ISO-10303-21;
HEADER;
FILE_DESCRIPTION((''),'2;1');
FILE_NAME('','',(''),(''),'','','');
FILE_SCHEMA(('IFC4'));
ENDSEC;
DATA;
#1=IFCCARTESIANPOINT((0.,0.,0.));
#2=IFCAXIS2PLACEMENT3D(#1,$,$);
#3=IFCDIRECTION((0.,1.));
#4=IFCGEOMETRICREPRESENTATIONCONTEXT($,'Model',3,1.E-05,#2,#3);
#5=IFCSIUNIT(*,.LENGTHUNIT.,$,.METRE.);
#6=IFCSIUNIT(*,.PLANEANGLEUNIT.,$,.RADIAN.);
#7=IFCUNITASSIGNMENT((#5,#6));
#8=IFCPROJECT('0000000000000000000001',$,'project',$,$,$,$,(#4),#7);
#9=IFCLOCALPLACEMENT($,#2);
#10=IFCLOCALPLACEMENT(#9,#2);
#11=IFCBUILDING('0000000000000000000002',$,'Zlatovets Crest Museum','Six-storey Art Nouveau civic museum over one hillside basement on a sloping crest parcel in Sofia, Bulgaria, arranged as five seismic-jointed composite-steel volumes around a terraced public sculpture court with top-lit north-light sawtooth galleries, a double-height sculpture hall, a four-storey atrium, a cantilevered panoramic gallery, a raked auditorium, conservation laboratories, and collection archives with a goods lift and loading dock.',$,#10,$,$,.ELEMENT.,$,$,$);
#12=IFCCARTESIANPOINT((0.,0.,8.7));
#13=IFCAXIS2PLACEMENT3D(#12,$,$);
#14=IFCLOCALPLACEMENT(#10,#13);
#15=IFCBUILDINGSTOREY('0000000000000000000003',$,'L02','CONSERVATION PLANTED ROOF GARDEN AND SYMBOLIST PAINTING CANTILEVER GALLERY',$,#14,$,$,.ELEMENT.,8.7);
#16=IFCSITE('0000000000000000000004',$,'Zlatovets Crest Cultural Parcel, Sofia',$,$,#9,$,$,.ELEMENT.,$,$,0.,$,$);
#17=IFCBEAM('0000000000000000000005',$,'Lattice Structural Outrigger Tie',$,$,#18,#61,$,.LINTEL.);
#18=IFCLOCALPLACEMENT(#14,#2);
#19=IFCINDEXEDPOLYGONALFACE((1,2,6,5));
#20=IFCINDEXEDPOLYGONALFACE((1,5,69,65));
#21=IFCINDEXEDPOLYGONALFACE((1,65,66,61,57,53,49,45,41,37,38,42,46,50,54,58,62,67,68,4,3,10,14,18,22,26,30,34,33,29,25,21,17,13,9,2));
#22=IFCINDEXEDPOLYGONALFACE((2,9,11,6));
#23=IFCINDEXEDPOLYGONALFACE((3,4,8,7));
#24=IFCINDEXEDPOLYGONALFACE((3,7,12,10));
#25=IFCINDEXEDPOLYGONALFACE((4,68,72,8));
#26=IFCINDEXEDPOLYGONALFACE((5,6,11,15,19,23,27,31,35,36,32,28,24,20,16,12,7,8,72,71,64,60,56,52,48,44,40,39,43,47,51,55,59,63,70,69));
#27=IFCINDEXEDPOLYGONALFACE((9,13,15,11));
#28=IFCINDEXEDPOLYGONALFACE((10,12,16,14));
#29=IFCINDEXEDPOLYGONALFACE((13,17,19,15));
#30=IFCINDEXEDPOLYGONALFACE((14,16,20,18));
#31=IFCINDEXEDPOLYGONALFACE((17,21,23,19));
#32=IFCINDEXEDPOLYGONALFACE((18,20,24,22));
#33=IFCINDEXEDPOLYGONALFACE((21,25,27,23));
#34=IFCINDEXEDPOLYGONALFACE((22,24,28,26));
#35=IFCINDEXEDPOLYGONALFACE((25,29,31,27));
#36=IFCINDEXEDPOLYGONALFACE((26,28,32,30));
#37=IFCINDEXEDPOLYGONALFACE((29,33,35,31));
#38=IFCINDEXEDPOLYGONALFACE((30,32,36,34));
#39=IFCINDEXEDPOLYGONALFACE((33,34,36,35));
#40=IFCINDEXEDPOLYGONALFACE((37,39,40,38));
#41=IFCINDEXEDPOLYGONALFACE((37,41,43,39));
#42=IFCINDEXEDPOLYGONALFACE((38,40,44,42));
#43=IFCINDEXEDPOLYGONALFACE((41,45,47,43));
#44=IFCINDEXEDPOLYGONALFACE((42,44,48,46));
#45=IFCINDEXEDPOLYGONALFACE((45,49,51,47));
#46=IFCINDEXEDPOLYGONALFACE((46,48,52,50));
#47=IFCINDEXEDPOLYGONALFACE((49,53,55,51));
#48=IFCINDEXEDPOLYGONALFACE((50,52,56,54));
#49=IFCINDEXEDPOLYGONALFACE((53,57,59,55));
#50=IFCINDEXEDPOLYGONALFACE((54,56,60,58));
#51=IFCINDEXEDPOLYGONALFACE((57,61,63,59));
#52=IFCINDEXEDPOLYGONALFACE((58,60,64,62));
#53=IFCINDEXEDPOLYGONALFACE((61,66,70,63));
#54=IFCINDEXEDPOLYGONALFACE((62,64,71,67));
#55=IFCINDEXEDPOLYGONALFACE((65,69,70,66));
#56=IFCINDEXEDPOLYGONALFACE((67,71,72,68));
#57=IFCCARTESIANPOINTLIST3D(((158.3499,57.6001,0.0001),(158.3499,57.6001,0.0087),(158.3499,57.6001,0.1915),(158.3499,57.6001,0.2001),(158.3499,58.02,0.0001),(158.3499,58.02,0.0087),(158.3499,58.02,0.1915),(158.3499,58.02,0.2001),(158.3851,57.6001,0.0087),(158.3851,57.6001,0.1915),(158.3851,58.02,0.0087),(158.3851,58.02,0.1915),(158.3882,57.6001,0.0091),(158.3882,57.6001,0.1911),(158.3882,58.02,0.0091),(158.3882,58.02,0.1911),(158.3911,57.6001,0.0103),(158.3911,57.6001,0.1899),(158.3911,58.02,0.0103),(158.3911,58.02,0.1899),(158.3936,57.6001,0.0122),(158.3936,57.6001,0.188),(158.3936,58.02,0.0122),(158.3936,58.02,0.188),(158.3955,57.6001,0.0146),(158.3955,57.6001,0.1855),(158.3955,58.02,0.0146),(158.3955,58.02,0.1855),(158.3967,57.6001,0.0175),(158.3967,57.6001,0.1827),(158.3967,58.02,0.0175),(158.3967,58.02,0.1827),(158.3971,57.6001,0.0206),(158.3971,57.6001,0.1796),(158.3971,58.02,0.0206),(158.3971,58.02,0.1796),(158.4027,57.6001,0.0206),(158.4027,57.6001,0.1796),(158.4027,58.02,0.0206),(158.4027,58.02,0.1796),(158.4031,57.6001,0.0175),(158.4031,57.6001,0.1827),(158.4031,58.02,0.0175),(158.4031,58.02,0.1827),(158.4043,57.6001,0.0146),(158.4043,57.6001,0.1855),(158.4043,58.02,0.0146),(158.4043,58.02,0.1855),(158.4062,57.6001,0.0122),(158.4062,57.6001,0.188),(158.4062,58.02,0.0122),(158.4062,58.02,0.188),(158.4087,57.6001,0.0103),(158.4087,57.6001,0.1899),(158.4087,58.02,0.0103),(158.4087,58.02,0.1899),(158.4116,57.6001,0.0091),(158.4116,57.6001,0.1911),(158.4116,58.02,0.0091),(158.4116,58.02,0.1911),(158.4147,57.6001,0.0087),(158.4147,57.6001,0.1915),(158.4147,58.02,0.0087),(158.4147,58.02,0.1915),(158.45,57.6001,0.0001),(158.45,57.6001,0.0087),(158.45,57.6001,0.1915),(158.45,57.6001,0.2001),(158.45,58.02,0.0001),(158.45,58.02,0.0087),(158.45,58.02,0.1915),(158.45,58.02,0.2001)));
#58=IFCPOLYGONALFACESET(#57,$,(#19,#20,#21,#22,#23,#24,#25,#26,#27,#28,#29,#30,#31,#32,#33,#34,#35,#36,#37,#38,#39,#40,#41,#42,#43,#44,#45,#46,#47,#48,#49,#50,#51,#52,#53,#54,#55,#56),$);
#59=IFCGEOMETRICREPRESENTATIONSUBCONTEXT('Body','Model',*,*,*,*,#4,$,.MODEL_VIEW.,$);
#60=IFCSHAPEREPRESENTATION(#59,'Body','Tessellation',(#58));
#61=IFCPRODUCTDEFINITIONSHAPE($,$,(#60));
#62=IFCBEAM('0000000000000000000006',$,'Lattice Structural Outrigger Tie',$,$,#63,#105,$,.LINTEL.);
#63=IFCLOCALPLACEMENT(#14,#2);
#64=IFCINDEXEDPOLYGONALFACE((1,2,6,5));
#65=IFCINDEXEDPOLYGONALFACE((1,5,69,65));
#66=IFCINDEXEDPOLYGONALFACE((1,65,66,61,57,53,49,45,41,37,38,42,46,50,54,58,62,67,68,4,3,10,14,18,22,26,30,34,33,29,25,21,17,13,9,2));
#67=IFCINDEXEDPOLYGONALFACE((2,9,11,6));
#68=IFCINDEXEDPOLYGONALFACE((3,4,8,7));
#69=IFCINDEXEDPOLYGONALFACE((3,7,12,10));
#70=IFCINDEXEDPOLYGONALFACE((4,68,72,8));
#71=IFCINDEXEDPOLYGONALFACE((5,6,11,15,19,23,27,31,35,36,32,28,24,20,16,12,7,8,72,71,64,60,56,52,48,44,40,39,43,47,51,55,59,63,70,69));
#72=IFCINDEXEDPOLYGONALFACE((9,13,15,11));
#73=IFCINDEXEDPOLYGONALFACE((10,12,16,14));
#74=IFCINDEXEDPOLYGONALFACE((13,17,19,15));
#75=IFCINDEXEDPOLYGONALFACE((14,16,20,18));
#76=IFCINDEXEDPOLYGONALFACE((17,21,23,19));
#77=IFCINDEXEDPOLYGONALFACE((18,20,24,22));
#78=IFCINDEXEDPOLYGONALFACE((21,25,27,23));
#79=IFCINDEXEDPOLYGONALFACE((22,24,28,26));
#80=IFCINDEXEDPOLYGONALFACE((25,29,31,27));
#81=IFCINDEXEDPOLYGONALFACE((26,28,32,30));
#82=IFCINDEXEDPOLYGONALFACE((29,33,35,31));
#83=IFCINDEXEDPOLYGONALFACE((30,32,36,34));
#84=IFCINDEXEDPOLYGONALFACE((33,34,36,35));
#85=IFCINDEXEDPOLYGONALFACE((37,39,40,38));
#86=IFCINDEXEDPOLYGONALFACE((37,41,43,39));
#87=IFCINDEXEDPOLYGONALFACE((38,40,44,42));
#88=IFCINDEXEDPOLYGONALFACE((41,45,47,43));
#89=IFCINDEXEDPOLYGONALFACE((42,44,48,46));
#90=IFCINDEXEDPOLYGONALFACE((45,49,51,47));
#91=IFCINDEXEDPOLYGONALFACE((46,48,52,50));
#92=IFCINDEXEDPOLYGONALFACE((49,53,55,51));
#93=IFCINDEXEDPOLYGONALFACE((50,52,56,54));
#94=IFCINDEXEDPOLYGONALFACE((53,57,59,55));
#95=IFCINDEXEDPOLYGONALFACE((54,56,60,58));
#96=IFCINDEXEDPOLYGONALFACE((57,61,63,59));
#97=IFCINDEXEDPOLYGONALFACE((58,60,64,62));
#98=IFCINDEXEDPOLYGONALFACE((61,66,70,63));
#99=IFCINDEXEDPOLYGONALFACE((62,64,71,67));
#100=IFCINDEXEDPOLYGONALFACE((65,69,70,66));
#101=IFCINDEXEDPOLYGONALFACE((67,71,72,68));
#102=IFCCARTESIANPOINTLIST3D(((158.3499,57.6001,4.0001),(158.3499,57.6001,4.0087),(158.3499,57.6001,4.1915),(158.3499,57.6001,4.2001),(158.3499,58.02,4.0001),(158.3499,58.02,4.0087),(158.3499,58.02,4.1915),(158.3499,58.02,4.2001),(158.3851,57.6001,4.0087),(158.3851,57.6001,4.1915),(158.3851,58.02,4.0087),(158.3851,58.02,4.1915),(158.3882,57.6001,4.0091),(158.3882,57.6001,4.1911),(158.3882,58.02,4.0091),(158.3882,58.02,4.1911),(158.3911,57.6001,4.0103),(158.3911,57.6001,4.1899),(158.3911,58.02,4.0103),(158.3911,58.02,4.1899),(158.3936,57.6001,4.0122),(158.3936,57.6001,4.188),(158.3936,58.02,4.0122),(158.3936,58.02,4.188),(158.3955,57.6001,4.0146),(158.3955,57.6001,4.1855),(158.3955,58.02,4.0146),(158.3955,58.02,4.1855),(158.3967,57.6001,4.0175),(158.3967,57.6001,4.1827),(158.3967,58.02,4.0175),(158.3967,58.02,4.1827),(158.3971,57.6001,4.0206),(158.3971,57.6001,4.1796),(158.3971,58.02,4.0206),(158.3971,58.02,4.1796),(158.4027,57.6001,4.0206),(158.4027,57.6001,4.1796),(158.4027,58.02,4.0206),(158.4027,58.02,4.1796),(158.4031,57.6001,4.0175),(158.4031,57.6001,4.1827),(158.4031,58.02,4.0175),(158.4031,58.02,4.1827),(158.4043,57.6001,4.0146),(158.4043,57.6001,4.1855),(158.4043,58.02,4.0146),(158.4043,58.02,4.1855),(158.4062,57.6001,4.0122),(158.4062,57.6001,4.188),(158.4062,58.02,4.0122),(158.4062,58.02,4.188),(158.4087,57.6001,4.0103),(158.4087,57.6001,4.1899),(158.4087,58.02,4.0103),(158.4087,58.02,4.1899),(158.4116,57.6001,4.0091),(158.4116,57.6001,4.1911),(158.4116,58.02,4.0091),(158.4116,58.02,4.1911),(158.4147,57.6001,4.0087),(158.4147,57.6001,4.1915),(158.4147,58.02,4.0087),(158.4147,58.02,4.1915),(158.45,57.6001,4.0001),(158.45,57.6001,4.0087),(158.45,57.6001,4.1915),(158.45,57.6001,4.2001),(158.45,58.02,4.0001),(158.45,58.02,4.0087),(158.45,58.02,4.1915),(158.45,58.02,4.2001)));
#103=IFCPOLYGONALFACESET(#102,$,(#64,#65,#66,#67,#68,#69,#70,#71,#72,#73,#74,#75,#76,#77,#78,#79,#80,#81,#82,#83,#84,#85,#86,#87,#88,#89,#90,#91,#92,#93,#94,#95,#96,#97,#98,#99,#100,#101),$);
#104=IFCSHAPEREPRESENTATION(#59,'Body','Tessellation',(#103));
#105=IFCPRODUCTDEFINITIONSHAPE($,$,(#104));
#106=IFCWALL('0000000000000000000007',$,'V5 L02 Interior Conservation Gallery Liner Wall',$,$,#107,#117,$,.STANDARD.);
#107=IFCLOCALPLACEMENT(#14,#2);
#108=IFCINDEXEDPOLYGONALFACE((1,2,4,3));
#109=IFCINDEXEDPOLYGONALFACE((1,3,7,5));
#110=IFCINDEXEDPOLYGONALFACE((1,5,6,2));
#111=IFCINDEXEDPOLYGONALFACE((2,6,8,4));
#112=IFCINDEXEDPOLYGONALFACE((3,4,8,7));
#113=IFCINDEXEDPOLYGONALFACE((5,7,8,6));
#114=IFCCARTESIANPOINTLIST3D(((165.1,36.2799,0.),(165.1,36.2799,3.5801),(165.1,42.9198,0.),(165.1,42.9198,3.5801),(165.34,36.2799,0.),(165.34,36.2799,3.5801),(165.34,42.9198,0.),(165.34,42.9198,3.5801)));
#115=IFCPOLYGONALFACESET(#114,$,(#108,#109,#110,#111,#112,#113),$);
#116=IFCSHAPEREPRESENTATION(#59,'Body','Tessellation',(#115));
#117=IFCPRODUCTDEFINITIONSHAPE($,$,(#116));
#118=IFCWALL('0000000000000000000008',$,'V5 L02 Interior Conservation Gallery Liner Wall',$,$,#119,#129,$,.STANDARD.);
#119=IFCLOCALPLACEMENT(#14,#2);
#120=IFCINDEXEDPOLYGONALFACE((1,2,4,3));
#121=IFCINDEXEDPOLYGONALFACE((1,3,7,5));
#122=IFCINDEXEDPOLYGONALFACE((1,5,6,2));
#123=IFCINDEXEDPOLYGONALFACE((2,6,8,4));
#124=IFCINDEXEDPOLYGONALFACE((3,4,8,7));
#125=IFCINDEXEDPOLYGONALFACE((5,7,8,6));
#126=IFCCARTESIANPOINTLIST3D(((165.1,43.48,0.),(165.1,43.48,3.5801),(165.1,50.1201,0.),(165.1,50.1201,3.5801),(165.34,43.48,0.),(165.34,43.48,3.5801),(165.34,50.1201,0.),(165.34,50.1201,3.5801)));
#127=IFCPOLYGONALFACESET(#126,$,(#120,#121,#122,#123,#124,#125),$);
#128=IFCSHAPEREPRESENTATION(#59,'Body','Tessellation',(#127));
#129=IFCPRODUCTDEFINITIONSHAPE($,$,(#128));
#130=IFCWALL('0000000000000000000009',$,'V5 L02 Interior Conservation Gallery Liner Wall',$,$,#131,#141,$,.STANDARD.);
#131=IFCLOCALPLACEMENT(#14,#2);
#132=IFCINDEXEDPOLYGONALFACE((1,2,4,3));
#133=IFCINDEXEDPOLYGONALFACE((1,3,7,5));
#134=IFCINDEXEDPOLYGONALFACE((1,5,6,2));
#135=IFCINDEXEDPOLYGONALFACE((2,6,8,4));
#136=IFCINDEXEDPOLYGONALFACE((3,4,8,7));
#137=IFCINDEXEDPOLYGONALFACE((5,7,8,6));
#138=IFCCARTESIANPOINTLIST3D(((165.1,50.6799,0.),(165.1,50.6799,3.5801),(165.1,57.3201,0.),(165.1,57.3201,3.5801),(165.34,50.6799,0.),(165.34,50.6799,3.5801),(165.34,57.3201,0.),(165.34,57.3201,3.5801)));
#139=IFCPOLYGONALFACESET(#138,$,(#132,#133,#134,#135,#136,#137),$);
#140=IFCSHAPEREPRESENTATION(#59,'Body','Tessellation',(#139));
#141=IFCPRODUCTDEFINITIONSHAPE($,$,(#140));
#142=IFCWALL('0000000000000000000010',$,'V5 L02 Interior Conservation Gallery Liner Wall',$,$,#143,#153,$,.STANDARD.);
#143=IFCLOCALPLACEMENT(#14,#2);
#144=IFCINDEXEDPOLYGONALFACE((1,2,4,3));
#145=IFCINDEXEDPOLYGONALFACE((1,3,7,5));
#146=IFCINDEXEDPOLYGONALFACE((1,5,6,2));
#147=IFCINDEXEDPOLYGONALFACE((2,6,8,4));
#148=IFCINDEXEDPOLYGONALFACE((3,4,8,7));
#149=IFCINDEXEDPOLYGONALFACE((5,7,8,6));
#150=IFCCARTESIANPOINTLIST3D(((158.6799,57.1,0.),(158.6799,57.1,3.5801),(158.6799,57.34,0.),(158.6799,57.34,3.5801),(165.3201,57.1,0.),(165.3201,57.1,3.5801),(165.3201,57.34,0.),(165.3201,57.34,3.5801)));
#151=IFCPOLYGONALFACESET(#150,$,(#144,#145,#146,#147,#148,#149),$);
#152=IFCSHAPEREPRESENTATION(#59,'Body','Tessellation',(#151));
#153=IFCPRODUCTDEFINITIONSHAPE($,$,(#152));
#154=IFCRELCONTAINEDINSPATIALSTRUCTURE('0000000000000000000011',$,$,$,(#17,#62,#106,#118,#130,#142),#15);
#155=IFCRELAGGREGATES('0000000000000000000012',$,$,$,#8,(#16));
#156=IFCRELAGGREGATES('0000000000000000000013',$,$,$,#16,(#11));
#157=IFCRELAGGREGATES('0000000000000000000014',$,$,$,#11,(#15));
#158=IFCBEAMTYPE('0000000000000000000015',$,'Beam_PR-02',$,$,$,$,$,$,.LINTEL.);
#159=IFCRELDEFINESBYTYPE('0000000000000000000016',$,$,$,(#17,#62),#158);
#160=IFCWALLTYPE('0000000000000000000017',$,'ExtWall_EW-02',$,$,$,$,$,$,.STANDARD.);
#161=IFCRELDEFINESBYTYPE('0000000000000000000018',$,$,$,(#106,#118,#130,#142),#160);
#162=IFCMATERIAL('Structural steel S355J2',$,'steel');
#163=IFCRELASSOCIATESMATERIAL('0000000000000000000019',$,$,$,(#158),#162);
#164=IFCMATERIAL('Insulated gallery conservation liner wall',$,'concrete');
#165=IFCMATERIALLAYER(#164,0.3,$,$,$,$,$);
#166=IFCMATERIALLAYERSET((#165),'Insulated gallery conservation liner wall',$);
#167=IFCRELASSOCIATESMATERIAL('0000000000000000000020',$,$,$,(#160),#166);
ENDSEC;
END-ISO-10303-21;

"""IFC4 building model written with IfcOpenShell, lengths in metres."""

from ifc_helpers import new_model, si_unit, direction, frame, frame_2d, origin, origin_2d, place, context, subcontext, project, spatial, rectangle, i_section, extrude, material, layer, layer_set, material_profile, profile_set, type_object, element, save


model = new_model("IFC4")

# Units and contexts
model_context = context("Model", 3, precision=1e-05, world=origin(), true_north=direction((0.0, 1.0)))
body_context = subcontext(model_context, "Body", "Model", "MODEL_VIEW")
ifc_project = project(units=[si_unit("LENGTHUNIT", "METRE"), si_unit("PLANEANGLEUNIT", "RADIAN")], contexts=[model_context])

# Site, building, storey
site_placement = place(None, origin())
site = spatial("IfcSite", under=ifc_project, at=site_placement, Name="Zlatovets Crest Cultural Parcel, Sofia", CompositionType="ELEMENT", RefElevation=0.0)
building_placement = place(site_placement, origin())
building = spatial("IfcBuilding", under=site, at=building_placement, Name="Zlatovets Crest Museum", Description="Six-storey Art Nouveau civic museum over one hillside basement on a sloping crest parcel in Sofia, Bulgaria, arranged as five seismic-jointed composite-steel volumes around a terraced public sculpture court with top-lit north-light sawtooth galleries, a double-height sculpture hall, a four-storey atrium, a cantilevered panoramic gallery, a raked auditorium, conservation laboratories, and collection archives with a goods lift and loading dock.", CompositionType="ELEMENT")
storey_placement = place(building_placement, frame((0.0, 0.0, 8.7)))
storey = spatial("IfcBuildingStorey", under=building, at=storey_placement, Name="L02", Description="CONSERVATION PLANTED ROOF GARDEN AND SYMBOLIST PAINTING CANTILEVER GALLERY", CompositionType="ELEMENT", Elevation=8.7)

# Shared definitions
ifc_material_1 = material(Name="Structural steel S355J2", Category="steel")

# Beams
ifc_material_profile_1 = material_profile(ifc_material_1, i_section(OverallWidth=0.1001, OverallDepth=0.2, WebThickness=0.0056, FlangeThickness=0.0085, FilletRadius=0.012, at=origin_2d()), Name="IPE 200")
ifc_profile_set_1 = profile_set([ifc_material_profile_1], Name="Structural steel S355J2")
beam_type_1 = type_object("IfcBeamType", Name="Beam_PR-02", PredefinedType="LINTEL", material=ifc_profile_set_1)
for number, where, z_axis, x_axis, name in (
    (1, (158.3999, 57.6001, 0.1001), (0.0, 1.0, 0.0), (-1.0, 0.0, 0.0), "Lattice Structural Outrigger Tie"),
    (2, (158.3999, 57.6001, 4.1001), (0.0, 1.0, 0.0), (-1.0, 0.0, 0.0), "Lattice Structural Outrigger Tie"),
):
    element("IfcBeam", number, at=place(storey_placement, frame(where, z_axis=z_axis, x_axis=x_axis)), inside=storey, type_object=beam_type_1, Name=name, PredefinedType="LINTEL", context=body_context, shape_type="SweptSolid", body=[
        extrude(i_section(OverallWidth=0.1001, OverallDepth=0.2, WebThickness=0.0056, FlangeThickness=0.0085, FilletRadius=0.012, at=origin_2d()), origin(), (0.0, 0.0, 1.0), 0.4199),
    ])

# Walls
ifc_material_2 = material(Name="Insulated gallery conservation liner wall", Category="concrete")
ifc_layer = layer(ifc_material_2, 0.3)
ifc_layer_set = layer_set([ifc_layer], Name="Insulated gallery conservation liner wall")
wall_type = type_object("IfcWallType", Name="ExtWall_EW-02", PredefinedType="STANDARD", material=ifc_layer_set)
wall_placement = place(storey_placement, frame((165.22, 36.28, 0.0), z_axis=(0.0, 0.0, 1.0), x_axis=(0.0, 1.0, 0.0)))
element("IfcWall", 3, at=wall_placement, inside=storey, type_object=wall_type, Name="V5 L02 Interior Conservation Gallery Liner Wall", PredefinedType="STANDARD", context=body_context, shape_type="SweptSolid", body=[
    extrude(rectangle(XDim=6.6399, YDim=0.24, at=frame_2d((3.3198, 0.0))), origin(), (0.0, 0.0, 1.0), 3.5801),
])
for number, where, z_axis, x_axis, name in (
    (4, (165.22, 43.48, 0.0), (0.0, 0.0, 1.0), (0.0, 1.0, 0.0), "V5 L02 Interior Conservation Gallery Liner Wall"),
    (5, (165.22, 50.6799, 0.0), (0.0, 0.0, 1.0), (0.0, 1.0, 0.0), "V5 L02 Interior Conservation Gallery Liner Wall"),
    (6, (165.3201, 57.22, 0.0), (0.0, 0.0, 1.0), (-1.0, 0.0, 0.0), "V5 L02 Interior Conservation Gallery Liner Wall"),
):
    element("IfcWall", number, at=place(storey_placement, frame(where, z_axis=z_axis, x_axis=x_axis)), inside=storey, type_object=wall_type, Name=name, PredefinedType="STANDARD", context=body_context, shape_type="SweptSolid", body=[
        extrude(rectangle(XDim=6.6401, YDim=0.24, at=frame_2d((3.3201, 0.0))), origin(), (0.0, 0.0, 1.0), 3.5801),
    ])

save(model, "model.ifc")
